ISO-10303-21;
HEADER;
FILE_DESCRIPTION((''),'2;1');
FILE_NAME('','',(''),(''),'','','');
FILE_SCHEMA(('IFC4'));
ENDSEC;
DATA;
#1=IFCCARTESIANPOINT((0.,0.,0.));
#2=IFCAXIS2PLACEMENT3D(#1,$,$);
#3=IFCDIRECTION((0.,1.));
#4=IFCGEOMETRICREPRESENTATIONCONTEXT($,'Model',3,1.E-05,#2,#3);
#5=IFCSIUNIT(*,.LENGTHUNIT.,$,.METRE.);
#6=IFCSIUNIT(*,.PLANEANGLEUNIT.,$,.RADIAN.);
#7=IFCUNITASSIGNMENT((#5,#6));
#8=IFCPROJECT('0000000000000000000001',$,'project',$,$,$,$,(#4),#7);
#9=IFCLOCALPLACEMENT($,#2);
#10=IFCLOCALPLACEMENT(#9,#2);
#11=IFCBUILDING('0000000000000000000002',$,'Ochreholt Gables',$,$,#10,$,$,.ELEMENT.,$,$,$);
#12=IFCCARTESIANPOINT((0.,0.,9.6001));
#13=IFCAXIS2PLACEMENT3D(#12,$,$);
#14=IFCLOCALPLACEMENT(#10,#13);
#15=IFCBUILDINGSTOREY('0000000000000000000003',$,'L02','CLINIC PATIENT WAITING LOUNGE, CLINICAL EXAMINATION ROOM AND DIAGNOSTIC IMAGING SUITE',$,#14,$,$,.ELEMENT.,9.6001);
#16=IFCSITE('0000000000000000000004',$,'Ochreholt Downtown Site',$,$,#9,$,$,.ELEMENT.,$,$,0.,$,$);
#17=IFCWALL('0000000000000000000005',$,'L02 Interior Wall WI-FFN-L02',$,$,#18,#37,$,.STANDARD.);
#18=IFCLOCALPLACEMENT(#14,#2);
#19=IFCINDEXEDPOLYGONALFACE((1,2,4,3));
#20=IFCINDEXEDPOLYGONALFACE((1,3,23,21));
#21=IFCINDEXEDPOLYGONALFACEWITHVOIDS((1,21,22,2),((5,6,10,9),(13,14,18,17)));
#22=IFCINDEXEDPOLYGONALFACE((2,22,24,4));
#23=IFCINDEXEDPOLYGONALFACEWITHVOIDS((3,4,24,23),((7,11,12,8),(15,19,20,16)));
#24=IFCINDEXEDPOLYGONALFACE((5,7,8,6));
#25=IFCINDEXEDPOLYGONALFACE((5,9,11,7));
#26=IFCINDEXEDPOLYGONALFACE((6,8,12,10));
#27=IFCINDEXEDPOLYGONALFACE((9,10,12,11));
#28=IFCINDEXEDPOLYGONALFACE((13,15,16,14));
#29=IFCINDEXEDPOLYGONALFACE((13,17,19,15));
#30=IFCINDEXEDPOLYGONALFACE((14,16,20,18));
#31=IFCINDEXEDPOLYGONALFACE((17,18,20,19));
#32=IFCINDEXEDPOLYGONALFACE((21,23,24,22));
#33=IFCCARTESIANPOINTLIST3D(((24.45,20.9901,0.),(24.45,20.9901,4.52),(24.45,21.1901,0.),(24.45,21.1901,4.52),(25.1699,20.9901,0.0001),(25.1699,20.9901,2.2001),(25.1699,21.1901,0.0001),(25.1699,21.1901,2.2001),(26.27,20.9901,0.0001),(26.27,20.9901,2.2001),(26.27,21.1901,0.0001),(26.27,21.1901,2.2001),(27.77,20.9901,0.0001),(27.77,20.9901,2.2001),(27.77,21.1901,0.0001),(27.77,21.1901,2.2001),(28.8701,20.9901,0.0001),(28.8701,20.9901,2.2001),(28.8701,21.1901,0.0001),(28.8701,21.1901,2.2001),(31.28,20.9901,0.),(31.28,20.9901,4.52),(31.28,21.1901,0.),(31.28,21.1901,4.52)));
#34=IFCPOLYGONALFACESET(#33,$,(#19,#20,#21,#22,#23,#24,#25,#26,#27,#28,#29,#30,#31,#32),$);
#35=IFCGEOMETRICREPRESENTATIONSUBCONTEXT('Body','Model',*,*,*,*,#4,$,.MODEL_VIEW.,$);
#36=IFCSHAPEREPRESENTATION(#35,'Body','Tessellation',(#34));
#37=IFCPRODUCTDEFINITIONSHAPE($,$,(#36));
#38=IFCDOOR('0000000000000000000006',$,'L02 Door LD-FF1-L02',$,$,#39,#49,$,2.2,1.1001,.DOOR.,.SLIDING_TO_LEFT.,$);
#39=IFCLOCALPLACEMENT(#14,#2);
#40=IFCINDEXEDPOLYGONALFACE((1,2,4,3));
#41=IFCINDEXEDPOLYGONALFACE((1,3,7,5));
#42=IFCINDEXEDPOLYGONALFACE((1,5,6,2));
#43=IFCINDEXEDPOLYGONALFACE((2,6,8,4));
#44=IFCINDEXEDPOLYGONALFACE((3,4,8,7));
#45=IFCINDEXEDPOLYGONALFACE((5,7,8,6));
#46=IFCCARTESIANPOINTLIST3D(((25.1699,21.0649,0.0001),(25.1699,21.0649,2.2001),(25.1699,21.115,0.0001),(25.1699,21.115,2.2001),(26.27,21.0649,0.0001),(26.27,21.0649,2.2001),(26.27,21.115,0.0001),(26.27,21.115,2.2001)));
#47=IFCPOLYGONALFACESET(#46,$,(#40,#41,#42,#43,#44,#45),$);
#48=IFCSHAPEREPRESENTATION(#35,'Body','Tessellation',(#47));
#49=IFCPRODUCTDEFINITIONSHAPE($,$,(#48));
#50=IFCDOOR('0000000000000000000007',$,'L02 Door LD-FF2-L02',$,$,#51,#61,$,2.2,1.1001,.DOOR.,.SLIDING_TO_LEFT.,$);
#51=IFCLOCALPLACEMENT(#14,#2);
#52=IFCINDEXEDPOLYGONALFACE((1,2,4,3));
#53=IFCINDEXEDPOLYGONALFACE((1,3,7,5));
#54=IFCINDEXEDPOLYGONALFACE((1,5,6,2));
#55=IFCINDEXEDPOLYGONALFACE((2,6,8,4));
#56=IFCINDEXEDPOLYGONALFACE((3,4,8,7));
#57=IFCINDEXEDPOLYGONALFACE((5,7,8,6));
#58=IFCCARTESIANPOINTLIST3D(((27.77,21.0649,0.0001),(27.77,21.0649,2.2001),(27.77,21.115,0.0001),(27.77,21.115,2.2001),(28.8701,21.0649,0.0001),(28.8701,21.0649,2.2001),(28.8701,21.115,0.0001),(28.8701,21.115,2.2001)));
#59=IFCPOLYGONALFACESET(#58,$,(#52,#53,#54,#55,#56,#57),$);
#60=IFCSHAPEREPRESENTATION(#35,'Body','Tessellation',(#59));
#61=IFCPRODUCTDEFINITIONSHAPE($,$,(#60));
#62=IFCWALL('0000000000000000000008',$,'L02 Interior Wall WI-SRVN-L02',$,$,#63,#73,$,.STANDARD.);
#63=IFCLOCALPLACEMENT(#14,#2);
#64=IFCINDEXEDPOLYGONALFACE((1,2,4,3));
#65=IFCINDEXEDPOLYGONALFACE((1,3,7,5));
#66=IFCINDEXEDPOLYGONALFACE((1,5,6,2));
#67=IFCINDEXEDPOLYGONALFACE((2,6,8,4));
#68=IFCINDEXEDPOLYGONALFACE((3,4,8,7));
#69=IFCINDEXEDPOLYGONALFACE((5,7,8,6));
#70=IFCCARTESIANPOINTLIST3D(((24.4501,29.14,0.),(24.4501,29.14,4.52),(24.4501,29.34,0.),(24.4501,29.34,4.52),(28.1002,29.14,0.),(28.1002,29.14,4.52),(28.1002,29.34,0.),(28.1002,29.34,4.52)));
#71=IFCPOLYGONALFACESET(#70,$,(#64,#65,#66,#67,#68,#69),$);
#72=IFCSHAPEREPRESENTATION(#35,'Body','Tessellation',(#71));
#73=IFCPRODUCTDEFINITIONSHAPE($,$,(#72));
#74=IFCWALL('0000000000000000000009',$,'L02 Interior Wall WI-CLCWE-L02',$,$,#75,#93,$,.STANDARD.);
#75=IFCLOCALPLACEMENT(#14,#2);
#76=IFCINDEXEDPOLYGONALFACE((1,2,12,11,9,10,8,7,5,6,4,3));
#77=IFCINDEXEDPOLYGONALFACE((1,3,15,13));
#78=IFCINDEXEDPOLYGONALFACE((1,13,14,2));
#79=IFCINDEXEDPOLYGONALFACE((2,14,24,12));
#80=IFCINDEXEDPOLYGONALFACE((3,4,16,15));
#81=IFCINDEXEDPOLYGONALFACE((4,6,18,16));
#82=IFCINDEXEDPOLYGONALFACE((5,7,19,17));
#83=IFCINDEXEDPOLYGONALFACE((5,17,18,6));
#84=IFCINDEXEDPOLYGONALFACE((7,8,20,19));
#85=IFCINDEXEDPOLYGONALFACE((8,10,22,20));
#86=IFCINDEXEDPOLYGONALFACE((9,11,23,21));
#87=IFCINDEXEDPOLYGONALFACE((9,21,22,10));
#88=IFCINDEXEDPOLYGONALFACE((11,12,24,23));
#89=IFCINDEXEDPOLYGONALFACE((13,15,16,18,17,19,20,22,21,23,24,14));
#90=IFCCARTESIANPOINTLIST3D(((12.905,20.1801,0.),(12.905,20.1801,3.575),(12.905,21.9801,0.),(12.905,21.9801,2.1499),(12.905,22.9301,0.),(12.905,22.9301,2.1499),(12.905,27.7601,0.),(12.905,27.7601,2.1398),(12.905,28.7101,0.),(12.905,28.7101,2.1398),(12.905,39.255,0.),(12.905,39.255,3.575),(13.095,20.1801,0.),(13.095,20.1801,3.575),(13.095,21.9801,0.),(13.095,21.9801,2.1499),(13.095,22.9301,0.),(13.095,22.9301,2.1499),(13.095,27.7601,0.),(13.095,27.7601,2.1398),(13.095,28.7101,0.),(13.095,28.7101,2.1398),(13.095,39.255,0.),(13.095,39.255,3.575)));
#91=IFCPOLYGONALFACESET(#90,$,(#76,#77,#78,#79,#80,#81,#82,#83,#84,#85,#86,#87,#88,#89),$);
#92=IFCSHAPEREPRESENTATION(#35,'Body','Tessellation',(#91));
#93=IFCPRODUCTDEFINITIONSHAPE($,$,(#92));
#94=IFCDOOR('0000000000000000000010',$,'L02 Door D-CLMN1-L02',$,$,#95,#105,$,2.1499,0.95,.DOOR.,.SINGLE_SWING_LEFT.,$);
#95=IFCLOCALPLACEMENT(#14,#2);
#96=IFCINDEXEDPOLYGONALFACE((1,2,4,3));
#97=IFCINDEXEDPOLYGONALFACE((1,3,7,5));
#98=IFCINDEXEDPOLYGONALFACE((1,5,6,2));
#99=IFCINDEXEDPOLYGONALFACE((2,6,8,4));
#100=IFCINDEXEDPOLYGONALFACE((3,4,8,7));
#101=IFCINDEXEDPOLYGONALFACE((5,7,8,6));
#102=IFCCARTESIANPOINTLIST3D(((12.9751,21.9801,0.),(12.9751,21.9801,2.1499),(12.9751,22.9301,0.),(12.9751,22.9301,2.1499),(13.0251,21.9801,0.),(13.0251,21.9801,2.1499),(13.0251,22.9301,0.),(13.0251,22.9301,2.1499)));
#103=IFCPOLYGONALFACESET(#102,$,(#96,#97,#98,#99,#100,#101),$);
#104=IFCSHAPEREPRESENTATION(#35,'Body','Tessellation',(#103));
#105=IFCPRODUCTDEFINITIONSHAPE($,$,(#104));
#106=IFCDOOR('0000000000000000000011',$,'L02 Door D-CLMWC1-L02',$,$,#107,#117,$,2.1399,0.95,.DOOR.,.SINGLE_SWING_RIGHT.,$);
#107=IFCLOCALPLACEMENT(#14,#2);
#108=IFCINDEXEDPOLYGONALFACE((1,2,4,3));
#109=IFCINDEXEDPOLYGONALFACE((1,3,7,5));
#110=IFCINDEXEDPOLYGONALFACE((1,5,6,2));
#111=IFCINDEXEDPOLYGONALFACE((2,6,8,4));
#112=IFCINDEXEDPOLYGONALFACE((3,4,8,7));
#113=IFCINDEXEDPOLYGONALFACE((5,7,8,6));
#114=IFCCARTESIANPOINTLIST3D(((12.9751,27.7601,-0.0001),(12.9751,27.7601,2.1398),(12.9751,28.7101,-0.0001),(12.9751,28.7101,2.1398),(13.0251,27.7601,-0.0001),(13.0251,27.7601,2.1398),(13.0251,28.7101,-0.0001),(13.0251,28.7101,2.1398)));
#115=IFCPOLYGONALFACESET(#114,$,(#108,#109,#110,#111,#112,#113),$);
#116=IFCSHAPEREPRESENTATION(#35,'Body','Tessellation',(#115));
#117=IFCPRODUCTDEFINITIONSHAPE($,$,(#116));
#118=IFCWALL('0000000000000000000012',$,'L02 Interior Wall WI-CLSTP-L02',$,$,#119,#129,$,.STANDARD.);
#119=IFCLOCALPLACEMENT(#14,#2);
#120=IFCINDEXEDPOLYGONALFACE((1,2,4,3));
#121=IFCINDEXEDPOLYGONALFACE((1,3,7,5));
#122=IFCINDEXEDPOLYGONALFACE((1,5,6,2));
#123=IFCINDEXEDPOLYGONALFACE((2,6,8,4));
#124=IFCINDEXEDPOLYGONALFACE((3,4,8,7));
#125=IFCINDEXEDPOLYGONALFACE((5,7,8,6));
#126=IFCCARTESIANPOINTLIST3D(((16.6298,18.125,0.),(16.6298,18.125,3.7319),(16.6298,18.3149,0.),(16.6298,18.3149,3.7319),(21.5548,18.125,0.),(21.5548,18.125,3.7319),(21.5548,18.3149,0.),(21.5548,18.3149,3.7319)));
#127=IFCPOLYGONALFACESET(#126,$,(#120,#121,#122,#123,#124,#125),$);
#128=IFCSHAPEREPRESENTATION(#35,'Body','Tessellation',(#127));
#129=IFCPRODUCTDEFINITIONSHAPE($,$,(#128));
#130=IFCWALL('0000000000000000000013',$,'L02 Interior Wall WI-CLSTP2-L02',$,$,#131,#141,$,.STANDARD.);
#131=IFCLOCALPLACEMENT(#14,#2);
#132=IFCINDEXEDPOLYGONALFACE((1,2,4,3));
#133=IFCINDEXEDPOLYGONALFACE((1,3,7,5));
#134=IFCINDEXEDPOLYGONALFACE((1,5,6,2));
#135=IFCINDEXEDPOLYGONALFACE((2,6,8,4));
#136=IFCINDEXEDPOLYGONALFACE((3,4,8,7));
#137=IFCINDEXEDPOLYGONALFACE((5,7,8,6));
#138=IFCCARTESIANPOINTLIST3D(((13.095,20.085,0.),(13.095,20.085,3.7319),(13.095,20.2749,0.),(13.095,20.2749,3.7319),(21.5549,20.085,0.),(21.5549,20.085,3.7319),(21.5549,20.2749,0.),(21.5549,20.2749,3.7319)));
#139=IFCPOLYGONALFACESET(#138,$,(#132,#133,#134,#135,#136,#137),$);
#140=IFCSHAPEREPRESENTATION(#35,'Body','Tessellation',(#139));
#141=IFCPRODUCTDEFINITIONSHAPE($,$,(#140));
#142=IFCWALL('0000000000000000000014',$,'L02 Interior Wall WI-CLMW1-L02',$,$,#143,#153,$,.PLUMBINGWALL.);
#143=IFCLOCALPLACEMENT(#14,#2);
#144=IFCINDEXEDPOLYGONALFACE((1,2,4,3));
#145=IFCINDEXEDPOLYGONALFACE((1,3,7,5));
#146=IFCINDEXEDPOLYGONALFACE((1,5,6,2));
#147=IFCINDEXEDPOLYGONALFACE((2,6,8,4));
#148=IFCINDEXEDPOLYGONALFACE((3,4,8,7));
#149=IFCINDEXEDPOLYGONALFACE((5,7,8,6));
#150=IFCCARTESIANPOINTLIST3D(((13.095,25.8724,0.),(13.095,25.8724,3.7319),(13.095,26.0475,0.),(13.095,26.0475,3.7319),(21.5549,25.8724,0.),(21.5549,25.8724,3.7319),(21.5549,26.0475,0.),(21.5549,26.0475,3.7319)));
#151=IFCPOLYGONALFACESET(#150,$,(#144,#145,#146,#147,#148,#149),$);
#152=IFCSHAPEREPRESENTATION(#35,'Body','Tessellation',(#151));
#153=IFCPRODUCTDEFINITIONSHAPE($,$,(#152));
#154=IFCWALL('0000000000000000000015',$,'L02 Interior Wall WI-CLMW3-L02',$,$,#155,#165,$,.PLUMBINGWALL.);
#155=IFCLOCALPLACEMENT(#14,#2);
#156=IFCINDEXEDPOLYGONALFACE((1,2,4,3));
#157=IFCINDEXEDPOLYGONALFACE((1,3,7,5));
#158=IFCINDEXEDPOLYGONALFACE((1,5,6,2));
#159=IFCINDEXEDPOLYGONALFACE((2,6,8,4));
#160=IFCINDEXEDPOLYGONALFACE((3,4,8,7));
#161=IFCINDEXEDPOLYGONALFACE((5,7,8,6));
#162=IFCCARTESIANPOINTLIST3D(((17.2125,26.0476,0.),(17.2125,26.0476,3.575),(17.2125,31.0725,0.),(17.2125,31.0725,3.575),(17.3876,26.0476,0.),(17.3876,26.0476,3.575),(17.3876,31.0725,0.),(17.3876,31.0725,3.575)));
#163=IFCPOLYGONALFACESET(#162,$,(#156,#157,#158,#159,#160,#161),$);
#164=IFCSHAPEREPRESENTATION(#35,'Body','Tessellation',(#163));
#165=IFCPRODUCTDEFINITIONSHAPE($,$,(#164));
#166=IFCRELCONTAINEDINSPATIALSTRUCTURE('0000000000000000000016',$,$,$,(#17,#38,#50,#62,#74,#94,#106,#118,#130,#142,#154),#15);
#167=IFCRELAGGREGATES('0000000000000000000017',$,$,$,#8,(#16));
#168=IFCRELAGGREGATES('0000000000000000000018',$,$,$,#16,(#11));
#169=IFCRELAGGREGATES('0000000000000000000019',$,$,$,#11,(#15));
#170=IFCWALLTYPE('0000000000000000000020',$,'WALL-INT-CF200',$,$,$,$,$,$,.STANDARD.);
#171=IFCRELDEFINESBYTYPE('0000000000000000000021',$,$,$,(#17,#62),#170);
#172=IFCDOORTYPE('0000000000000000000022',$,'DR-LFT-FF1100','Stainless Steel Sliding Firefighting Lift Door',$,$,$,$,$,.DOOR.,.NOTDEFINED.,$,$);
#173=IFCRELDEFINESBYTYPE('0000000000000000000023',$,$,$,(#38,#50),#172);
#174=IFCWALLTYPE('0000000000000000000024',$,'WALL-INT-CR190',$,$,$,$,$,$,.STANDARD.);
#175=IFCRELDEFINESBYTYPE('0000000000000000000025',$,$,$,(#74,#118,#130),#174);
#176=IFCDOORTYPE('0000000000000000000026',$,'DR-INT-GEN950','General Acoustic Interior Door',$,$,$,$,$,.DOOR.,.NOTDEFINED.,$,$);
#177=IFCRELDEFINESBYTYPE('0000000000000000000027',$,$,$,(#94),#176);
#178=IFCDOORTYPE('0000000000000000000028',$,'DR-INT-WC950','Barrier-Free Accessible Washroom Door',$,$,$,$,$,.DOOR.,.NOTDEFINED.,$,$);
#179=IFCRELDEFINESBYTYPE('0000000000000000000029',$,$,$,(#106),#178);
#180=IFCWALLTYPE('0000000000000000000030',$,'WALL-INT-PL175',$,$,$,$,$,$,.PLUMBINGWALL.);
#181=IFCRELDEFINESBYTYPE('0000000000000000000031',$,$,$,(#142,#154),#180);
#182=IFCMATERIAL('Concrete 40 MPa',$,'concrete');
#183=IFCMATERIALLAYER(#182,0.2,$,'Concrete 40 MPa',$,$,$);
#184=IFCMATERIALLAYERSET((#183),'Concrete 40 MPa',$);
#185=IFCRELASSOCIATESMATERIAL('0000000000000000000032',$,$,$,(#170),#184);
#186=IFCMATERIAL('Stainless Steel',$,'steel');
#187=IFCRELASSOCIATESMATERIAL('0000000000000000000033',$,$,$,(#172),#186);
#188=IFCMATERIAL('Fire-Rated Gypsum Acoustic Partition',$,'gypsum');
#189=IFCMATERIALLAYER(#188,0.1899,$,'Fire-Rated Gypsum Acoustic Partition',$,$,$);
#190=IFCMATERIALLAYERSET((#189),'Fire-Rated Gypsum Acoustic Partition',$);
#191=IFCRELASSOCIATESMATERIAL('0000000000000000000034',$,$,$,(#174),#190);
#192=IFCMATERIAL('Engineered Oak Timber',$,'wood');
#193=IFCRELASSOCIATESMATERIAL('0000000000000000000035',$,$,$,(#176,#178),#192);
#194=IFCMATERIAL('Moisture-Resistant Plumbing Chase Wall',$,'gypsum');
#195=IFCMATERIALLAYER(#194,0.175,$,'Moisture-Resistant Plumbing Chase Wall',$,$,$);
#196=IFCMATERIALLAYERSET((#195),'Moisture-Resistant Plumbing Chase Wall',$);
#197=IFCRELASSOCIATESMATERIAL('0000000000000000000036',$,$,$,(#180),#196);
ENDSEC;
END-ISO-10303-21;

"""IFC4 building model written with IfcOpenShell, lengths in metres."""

from ifc_helpers import new_model, si_unit, direction, frame, frame_2d, origin, place, context, subcontext, project, spatial, rectangle, extrude, material, layer, layer_set, type_object, element, fill, save


model = new_model("IFC4")

# Units and contexts
model_context = context("Model", 3, precision=1e-05, world=origin(), true_north=direction((0.0, 1.0)))
body_context = subcontext(model_context, "Body", "Model", "MODEL_VIEW")
ifc_project = project(units=[si_unit("LENGTHUNIT", "METRE"), si_unit("PLANEANGLEUNIT", "RADIAN")], contexts=[model_context])

# Site, building, storey
site_placement = place(None, origin())
site = spatial("IfcSite", under=ifc_project, at=site_placement, Name="Ochreholt Downtown Site", CompositionType="ELEMENT", RefElevation=0.0)
building_placement = place(site_placement, origin())
building = spatial("IfcBuilding", under=site, at=building_placement, Name="Ochreholt Gables", CompositionType="ELEMENT")
storey_placement = place(building_placement, frame((0.0, 0.0, 9.6001)))
storey = spatial("IfcBuildingStorey", under=building, at=storey_placement, Name="L02", Description="CLINIC PATIENT WAITING LOUNGE, CLINICAL EXAMINATION ROOM AND DIAGNOSTIC IMAGING SUITE", CompositionType="ELEMENT", Elevation=9.6001)

# Wall, openings, doors
ifc_material_1 = material(Name="Concrete 40 MPa", Category="concrete")
ifc_layer_1 = layer(ifc_material_1, 0.2, Name="Concrete 40 MPa")
ifc_layer_set_1 = layer_set([ifc_layer_1], Name="Concrete 40 MPa")
wall_type_1 = type_object("IfcWallType", Name="WALL-INT-CF200", PredefinedType="STANDARD", material=ifc_layer_set_1)
wall_1_placement = place(storey_placement, frame((24.45, 21.0901, 0.0), z_axis=(0.0, 0.0, 1.0), x_axis=(1.0, 0.0, 0.0)))
wall_1 = element("IfcWall", 1, at=wall_1_placement, inside=storey, type_object=wall_type_1, Name="L02 Interior Wall WI-FFN-L02", PredefinedType="STANDARD", context=body_context, shape_type="SweptSolid", body=[
    extrude(rectangle(XDim=6.8301, YDim=0.2, at=frame_2d((3.415, 0.0))), origin(), (0.0, 0.0, 1.0), 4.52),
])
opening_1_placement = place(wall_1_placement, frame((0.72, 0.0, 0.0)))
opening_1 = element("IfcOpeningElement", 2, at=opening_1_placement, cuts=wall_1, PredefinedType="OPENING", context=body_context, shape_type="SweptSolid", body=[
    extrude(rectangle(XDim=1.1001, YDim=2.2, at=frame_2d((0.55, 1.1001))), frame((0.0, 0.1099, 0.0), z_axis=(0.0, -1.0, 0.0), x_axis=(1.0, 0.0, 0.0)), (0.0, 0.0, 1.0), 0.22),
])
opening_2_placement = place(wall_1_placement, frame((3.3201, 0.0, 0.0)))
opening_2 = element("IfcOpeningElement", 3, at=opening_2_placement, cuts=wall_1, PredefinedType="OPENING", context=body_context, shape_type="SweptSolid", body=[
    extrude(rectangle(XDim=1.1001, YDim=2.2, at=frame_2d((0.55, 1.1001))), frame((0.0, 0.1099, 0.0), z_axis=(0.0, -1.0, 0.0), x_axis=(1.0, 0.0, 0.0)), (0.0, 0.0, 1.0), 0.22),
])
ifc_material_2 = material(Name="Stainless Steel", Category="steel")
door_type_1 = type_object("IfcDoorType", Name="DR-LFT-FF1100", Description="Stainless Steel Sliding Firefighting Lift Door", OperationType="NOTDEFINED", PredefinedType="DOOR", material=ifc_material_2)
door_1_placement = place(opening_1_placement, origin())
door_1 = element("IfcDoor", 4, at=door_1_placement, inside=storey, type_object=door_type_1, Name="L02 Door LD-FF1-L02", OperationType="SLIDING_TO_LEFT", OverallHeight=2.2, OverallWidth=1.1001, PredefinedType="DOOR", context=body_context, shape_type="SweptSolid", body=[
    extrude(rectangle(XDim=1.1001, YDim=2.2, at=frame_2d((0.55, 1.1001))), frame((0.0, 0.0249, 0.0), z_axis=(0.0, -1.0, 0.0), x_axis=(1.0, 0.0, 0.0)), (0.0, 0.0, 1.0), 0.05),
])
fill(opening_1, door_1)
door_2_placement = place(opening_2_placement, origin())
door_2 = element("IfcDoor", 5, at=door_2_placement, inside=storey, type_object=door_type_1, Name="L02 Door LD-FF2-L02", OperationType="SLIDING_TO_LEFT", OverallHeight=2.2, OverallWidth=1.1001, PredefinedType="DOOR", context=body_context, shape_type="SweptSolid", body=[
    extrude(rectangle(XDim=1.1001, YDim=2.2, at=frame_2d((0.55, 1.1001))), frame((0.0, 0.0249, 0.0), z_axis=(0.0, -1.0, 0.0), x_axis=(1.0, 0.0, 0.0)), (0.0, 0.0, 1.0), 0.05),
])
fill(opening_2, door_2)

# Wall
wall_2_placement = place(storey_placement, frame((24.45, 29.24, 0.0), z_axis=(0.0, 0.0, 1.0), x_axis=(1.0, 0.0, 0.0)))
element("IfcWall", 6, at=wall_2_placement, inside=storey, type_object=wall_type_1, Name="L02 Interior Wall WI-SRVN-L02", PredefinedType="STANDARD", context=body_context, shape_type="SweptSolid", body=[
    extrude(rectangle(XDim=3.6501, YDim=0.2, at=frame_2d((1.8252, 0.0))), origin(), (0.0, 0.0, 1.0), 4.52),
])

# Wall, openings, doors
ifc_material_3 = material(Name="Fire-Rated Gypsum Acoustic Partition", Category="gypsum")
ifc_layer_2 = layer(ifc_material_3, 0.1899, Name="Fire-Rated Gypsum Acoustic Partition")
ifc_layer_set_2 = layer_set([ifc_layer_2], Name="Fire-Rated Gypsum Acoustic Partition")
wall_type_2 = type_object("IfcWallType", Name="WALL-INT-CR190", PredefinedType="STANDARD", material=ifc_layer_set_2)
wall_3_placement = place(storey_placement, frame((13.0, 20.1799, 0.0), z_axis=(0.0, 0.0, 1.0), x_axis=(0.0, 1.0, 0.0)))
wall_3 = element("IfcWall", 7, at=wall_3_placement, inside=storey, type_object=wall_type_2, Name="L02 Interior Wall WI-CLCWE-L02", PredefinedType="STANDARD", context=body_context, shape_type="SweptSolid", body=[
    extrude(rectangle(XDim=19.075, YDim=0.1899, at=frame_2d((9.5376, 0.0))), origin(), (0.0, 0.0, 1.0), 3.575),
])
opening_3_placement = place(wall_3_placement, frame((1.8, 0.0, 0.0)))
opening_3 = element("IfcOpeningElement", 8, at=opening_3_placement, cuts=wall_3, PredefinedType="OPENING", context=body_context, shape_type="SweptSolid", body=[
    extrude(rectangle(XDim=0.95, YDim=2.1499, at=frame_2d((0.4751, 1.075))), frame((0.0, 0.105, 0.0), z_axis=(0.0, -1.0, 0.0), x_axis=(1.0, 0.0, 0.0)), (0.0, 0.0, 1.0), 0.21),
])
opening_4_placement = place(wall_3_placement, frame((7.5801, 0.0, 0.0)))
opening_4 = element("IfcOpeningElement", 9, at=opening_4_placement, cuts=wall_3, PredefinedType="OPENING", context=body_context, shape_type="SweptSolid", body=[
    extrude(rectangle(XDim=0.95, YDim=2.1399, at=frame_2d((0.4751, 1.0698))), frame((0.0, 0.105, 0.0), z_axis=(0.0, -1.0, 0.0), x_axis=(1.0, 0.0, 0.0)), (0.0, 0.0, 1.0), 0.21),
])
ifc_material_4 = material(Name="Engineered Oak Timber", Category="wood")
door_type_2 = type_object("IfcDoorType", Name="DR-INT-GEN950", Description="General Acoustic Interior Door", OperationType="NOTDEFINED", PredefinedType="DOOR", material=ifc_material_4)
door_3_placement = place(opening_3_placement, origin())
door_3 = element("IfcDoor", 10, at=door_3_placement, inside=storey, type_object=door_type_2, Name="L02 Door D-CLMN1-L02", OperationType="SINGLE_SWING_LEFT", OverallHeight=2.1499, OverallWidth=0.95, PredefinedType="DOOR", context=body_context, shape_type="SweptSolid", body=[
    extrude(rectangle(XDim=0.95, YDim=2.1499, at=frame_2d((0.4751, 1.075))), frame((0.0, 0.0249, 0.0), z_axis=(0.0, -1.0, 0.0), x_axis=(1.0, 0.0, 0.0)), (0.0, 0.0, 1.0), 0.05),
])
fill(opening_3, door_3)
door_type_3 = type_object("IfcDoorType", Name="DR-INT-WC950", Description="Barrier-Free Accessible Washroom Door", OperationType="NOTDEFINED", PredefinedType="DOOR", material=ifc_material_4)
door_4_placement = place(opening_4_placement, origin())
door_4 = element("IfcDoor", 11, at=door_4_placement, inside=storey, type_object=door_type_3, Name="L02 Door D-CLMWC1-L02", OperationType="SINGLE_SWING_RIGHT", OverallHeight=2.1399, OverallWidth=0.95, PredefinedType="DOOR", context=body_context, shape_type="SweptSolid", body=[
    extrude(rectangle(XDim=0.95, YDim=2.1399, at=frame_2d((0.4751, 1.0698))), frame((0.0, 0.0249, 0.0), z_axis=(0.0, -1.0, 0.0), x_axis=(1.0, 0.0, 0.0)), (0.0, 0.0, 1.0), 0.05),
])
fill(opening_4, door_4)

# Walls
wall_4_placement = place(storey_placement, frame((16.6299, 18.22, 0.0), z_axis=(0.0, 0.0, 1.0), x_axis=(1.0, 0.0, 0.0)))
element("IfcWall", 12, at=wall_4_placement, inside=storey, type_object=wall_type_2, Name="L02 Interior Wall WI-CLSTP-L02", PredefinedType="STANDARD", context=body_context, shape_type="SweptSolid", body=[
    extrude(rectangle(XDim=4.925, YDim=0.1899, at=frame_2d((2.4624, 0.0))), origin(), (0.0, 0.0, 1.0), 3.7319),
])
wall_5_placement = place(storey_placement, frame((13.095, 20.1799, 0.0), z_axis=(0.0, 0.0, 1.0), x_axis=(1.0, 0.0, 0.0)))
element("IfcWall", 13, at=wall_5_placement, inside=storey, type_object=wall_type_2, Name="L02 Interior Wall WI-CLSTP2-L02", PredefinedType="STANDARD", context=body_context, shape_type="SweptSolid", body=[
    extrude(rectangle(XDim=8.46, YDim=0.1899, at=frame_2d((4.23, 0.0))), origin(), (0.0, 0.0, 1.0), 3.7319),
])
ifc_material_5 = material(Name="Moisture-Resistant Plumbing Chase Wall", Category="gypsum")
ifc_layer_3 = layer(ifc_material_5, 0.175, Name="Moisture-Resistant Plumbing Chase Wall")
ifc_layer_set_3 = layer_set([ifc_layer_3], Name="Moisture-Resistant Plumbing Chase Wall")
wall_type_3 = type_object("IfcWallType", Name="WALL-INT-PL175", PredefinedType="PLUMBINGWALL", material=ifc_layer_set_3)
wall_6_placement = place(storey_placement, frame((13.095, 25.96, 0.0), z_axis=(0.0, 0.0, 1.0), x_axis=(1.0, 0.0, 0.0)))
element("IfcWall", 14, at=wall_6_placement, inside=storey, type_object=wall_type_3, Name="L02 Interior Wall WI-CLMW1-L02", PredefinedType="PLUMBINGWALL", context=body_context, shape_type="SweptSolid", body=[
    extrude(rectangle(XDim=8.46, YDim=0.175, at=frame_2d((4.23, 0.0))), origin(), (0.0, 0.0, 1.0), 3.7319),
])
wall_7_placement = place(storey_placement, frame((17.3, 26.0476, 0.0), z_axis=(0.0, 0.0, 1.0), x_axis=(0.0, 1.0, 0.0)))
element("IfcWall", 15, at=wall_7_placement, inside=storey, type_object=wall_type_3, Name="L02 Interior Wall WI-CLMW3-L02", PredefinedType="PLUMBINGWALL", context=body_context, shape_type="SweptSolid", body=[
    extrude(rectangle(XDim=5.0249, YDim=0.175, at=frame_2d((2.5125, 0.0))), origin(), (0.0, 0.0, 1.0), 3.575),
])

save(model, "model.ifc")
